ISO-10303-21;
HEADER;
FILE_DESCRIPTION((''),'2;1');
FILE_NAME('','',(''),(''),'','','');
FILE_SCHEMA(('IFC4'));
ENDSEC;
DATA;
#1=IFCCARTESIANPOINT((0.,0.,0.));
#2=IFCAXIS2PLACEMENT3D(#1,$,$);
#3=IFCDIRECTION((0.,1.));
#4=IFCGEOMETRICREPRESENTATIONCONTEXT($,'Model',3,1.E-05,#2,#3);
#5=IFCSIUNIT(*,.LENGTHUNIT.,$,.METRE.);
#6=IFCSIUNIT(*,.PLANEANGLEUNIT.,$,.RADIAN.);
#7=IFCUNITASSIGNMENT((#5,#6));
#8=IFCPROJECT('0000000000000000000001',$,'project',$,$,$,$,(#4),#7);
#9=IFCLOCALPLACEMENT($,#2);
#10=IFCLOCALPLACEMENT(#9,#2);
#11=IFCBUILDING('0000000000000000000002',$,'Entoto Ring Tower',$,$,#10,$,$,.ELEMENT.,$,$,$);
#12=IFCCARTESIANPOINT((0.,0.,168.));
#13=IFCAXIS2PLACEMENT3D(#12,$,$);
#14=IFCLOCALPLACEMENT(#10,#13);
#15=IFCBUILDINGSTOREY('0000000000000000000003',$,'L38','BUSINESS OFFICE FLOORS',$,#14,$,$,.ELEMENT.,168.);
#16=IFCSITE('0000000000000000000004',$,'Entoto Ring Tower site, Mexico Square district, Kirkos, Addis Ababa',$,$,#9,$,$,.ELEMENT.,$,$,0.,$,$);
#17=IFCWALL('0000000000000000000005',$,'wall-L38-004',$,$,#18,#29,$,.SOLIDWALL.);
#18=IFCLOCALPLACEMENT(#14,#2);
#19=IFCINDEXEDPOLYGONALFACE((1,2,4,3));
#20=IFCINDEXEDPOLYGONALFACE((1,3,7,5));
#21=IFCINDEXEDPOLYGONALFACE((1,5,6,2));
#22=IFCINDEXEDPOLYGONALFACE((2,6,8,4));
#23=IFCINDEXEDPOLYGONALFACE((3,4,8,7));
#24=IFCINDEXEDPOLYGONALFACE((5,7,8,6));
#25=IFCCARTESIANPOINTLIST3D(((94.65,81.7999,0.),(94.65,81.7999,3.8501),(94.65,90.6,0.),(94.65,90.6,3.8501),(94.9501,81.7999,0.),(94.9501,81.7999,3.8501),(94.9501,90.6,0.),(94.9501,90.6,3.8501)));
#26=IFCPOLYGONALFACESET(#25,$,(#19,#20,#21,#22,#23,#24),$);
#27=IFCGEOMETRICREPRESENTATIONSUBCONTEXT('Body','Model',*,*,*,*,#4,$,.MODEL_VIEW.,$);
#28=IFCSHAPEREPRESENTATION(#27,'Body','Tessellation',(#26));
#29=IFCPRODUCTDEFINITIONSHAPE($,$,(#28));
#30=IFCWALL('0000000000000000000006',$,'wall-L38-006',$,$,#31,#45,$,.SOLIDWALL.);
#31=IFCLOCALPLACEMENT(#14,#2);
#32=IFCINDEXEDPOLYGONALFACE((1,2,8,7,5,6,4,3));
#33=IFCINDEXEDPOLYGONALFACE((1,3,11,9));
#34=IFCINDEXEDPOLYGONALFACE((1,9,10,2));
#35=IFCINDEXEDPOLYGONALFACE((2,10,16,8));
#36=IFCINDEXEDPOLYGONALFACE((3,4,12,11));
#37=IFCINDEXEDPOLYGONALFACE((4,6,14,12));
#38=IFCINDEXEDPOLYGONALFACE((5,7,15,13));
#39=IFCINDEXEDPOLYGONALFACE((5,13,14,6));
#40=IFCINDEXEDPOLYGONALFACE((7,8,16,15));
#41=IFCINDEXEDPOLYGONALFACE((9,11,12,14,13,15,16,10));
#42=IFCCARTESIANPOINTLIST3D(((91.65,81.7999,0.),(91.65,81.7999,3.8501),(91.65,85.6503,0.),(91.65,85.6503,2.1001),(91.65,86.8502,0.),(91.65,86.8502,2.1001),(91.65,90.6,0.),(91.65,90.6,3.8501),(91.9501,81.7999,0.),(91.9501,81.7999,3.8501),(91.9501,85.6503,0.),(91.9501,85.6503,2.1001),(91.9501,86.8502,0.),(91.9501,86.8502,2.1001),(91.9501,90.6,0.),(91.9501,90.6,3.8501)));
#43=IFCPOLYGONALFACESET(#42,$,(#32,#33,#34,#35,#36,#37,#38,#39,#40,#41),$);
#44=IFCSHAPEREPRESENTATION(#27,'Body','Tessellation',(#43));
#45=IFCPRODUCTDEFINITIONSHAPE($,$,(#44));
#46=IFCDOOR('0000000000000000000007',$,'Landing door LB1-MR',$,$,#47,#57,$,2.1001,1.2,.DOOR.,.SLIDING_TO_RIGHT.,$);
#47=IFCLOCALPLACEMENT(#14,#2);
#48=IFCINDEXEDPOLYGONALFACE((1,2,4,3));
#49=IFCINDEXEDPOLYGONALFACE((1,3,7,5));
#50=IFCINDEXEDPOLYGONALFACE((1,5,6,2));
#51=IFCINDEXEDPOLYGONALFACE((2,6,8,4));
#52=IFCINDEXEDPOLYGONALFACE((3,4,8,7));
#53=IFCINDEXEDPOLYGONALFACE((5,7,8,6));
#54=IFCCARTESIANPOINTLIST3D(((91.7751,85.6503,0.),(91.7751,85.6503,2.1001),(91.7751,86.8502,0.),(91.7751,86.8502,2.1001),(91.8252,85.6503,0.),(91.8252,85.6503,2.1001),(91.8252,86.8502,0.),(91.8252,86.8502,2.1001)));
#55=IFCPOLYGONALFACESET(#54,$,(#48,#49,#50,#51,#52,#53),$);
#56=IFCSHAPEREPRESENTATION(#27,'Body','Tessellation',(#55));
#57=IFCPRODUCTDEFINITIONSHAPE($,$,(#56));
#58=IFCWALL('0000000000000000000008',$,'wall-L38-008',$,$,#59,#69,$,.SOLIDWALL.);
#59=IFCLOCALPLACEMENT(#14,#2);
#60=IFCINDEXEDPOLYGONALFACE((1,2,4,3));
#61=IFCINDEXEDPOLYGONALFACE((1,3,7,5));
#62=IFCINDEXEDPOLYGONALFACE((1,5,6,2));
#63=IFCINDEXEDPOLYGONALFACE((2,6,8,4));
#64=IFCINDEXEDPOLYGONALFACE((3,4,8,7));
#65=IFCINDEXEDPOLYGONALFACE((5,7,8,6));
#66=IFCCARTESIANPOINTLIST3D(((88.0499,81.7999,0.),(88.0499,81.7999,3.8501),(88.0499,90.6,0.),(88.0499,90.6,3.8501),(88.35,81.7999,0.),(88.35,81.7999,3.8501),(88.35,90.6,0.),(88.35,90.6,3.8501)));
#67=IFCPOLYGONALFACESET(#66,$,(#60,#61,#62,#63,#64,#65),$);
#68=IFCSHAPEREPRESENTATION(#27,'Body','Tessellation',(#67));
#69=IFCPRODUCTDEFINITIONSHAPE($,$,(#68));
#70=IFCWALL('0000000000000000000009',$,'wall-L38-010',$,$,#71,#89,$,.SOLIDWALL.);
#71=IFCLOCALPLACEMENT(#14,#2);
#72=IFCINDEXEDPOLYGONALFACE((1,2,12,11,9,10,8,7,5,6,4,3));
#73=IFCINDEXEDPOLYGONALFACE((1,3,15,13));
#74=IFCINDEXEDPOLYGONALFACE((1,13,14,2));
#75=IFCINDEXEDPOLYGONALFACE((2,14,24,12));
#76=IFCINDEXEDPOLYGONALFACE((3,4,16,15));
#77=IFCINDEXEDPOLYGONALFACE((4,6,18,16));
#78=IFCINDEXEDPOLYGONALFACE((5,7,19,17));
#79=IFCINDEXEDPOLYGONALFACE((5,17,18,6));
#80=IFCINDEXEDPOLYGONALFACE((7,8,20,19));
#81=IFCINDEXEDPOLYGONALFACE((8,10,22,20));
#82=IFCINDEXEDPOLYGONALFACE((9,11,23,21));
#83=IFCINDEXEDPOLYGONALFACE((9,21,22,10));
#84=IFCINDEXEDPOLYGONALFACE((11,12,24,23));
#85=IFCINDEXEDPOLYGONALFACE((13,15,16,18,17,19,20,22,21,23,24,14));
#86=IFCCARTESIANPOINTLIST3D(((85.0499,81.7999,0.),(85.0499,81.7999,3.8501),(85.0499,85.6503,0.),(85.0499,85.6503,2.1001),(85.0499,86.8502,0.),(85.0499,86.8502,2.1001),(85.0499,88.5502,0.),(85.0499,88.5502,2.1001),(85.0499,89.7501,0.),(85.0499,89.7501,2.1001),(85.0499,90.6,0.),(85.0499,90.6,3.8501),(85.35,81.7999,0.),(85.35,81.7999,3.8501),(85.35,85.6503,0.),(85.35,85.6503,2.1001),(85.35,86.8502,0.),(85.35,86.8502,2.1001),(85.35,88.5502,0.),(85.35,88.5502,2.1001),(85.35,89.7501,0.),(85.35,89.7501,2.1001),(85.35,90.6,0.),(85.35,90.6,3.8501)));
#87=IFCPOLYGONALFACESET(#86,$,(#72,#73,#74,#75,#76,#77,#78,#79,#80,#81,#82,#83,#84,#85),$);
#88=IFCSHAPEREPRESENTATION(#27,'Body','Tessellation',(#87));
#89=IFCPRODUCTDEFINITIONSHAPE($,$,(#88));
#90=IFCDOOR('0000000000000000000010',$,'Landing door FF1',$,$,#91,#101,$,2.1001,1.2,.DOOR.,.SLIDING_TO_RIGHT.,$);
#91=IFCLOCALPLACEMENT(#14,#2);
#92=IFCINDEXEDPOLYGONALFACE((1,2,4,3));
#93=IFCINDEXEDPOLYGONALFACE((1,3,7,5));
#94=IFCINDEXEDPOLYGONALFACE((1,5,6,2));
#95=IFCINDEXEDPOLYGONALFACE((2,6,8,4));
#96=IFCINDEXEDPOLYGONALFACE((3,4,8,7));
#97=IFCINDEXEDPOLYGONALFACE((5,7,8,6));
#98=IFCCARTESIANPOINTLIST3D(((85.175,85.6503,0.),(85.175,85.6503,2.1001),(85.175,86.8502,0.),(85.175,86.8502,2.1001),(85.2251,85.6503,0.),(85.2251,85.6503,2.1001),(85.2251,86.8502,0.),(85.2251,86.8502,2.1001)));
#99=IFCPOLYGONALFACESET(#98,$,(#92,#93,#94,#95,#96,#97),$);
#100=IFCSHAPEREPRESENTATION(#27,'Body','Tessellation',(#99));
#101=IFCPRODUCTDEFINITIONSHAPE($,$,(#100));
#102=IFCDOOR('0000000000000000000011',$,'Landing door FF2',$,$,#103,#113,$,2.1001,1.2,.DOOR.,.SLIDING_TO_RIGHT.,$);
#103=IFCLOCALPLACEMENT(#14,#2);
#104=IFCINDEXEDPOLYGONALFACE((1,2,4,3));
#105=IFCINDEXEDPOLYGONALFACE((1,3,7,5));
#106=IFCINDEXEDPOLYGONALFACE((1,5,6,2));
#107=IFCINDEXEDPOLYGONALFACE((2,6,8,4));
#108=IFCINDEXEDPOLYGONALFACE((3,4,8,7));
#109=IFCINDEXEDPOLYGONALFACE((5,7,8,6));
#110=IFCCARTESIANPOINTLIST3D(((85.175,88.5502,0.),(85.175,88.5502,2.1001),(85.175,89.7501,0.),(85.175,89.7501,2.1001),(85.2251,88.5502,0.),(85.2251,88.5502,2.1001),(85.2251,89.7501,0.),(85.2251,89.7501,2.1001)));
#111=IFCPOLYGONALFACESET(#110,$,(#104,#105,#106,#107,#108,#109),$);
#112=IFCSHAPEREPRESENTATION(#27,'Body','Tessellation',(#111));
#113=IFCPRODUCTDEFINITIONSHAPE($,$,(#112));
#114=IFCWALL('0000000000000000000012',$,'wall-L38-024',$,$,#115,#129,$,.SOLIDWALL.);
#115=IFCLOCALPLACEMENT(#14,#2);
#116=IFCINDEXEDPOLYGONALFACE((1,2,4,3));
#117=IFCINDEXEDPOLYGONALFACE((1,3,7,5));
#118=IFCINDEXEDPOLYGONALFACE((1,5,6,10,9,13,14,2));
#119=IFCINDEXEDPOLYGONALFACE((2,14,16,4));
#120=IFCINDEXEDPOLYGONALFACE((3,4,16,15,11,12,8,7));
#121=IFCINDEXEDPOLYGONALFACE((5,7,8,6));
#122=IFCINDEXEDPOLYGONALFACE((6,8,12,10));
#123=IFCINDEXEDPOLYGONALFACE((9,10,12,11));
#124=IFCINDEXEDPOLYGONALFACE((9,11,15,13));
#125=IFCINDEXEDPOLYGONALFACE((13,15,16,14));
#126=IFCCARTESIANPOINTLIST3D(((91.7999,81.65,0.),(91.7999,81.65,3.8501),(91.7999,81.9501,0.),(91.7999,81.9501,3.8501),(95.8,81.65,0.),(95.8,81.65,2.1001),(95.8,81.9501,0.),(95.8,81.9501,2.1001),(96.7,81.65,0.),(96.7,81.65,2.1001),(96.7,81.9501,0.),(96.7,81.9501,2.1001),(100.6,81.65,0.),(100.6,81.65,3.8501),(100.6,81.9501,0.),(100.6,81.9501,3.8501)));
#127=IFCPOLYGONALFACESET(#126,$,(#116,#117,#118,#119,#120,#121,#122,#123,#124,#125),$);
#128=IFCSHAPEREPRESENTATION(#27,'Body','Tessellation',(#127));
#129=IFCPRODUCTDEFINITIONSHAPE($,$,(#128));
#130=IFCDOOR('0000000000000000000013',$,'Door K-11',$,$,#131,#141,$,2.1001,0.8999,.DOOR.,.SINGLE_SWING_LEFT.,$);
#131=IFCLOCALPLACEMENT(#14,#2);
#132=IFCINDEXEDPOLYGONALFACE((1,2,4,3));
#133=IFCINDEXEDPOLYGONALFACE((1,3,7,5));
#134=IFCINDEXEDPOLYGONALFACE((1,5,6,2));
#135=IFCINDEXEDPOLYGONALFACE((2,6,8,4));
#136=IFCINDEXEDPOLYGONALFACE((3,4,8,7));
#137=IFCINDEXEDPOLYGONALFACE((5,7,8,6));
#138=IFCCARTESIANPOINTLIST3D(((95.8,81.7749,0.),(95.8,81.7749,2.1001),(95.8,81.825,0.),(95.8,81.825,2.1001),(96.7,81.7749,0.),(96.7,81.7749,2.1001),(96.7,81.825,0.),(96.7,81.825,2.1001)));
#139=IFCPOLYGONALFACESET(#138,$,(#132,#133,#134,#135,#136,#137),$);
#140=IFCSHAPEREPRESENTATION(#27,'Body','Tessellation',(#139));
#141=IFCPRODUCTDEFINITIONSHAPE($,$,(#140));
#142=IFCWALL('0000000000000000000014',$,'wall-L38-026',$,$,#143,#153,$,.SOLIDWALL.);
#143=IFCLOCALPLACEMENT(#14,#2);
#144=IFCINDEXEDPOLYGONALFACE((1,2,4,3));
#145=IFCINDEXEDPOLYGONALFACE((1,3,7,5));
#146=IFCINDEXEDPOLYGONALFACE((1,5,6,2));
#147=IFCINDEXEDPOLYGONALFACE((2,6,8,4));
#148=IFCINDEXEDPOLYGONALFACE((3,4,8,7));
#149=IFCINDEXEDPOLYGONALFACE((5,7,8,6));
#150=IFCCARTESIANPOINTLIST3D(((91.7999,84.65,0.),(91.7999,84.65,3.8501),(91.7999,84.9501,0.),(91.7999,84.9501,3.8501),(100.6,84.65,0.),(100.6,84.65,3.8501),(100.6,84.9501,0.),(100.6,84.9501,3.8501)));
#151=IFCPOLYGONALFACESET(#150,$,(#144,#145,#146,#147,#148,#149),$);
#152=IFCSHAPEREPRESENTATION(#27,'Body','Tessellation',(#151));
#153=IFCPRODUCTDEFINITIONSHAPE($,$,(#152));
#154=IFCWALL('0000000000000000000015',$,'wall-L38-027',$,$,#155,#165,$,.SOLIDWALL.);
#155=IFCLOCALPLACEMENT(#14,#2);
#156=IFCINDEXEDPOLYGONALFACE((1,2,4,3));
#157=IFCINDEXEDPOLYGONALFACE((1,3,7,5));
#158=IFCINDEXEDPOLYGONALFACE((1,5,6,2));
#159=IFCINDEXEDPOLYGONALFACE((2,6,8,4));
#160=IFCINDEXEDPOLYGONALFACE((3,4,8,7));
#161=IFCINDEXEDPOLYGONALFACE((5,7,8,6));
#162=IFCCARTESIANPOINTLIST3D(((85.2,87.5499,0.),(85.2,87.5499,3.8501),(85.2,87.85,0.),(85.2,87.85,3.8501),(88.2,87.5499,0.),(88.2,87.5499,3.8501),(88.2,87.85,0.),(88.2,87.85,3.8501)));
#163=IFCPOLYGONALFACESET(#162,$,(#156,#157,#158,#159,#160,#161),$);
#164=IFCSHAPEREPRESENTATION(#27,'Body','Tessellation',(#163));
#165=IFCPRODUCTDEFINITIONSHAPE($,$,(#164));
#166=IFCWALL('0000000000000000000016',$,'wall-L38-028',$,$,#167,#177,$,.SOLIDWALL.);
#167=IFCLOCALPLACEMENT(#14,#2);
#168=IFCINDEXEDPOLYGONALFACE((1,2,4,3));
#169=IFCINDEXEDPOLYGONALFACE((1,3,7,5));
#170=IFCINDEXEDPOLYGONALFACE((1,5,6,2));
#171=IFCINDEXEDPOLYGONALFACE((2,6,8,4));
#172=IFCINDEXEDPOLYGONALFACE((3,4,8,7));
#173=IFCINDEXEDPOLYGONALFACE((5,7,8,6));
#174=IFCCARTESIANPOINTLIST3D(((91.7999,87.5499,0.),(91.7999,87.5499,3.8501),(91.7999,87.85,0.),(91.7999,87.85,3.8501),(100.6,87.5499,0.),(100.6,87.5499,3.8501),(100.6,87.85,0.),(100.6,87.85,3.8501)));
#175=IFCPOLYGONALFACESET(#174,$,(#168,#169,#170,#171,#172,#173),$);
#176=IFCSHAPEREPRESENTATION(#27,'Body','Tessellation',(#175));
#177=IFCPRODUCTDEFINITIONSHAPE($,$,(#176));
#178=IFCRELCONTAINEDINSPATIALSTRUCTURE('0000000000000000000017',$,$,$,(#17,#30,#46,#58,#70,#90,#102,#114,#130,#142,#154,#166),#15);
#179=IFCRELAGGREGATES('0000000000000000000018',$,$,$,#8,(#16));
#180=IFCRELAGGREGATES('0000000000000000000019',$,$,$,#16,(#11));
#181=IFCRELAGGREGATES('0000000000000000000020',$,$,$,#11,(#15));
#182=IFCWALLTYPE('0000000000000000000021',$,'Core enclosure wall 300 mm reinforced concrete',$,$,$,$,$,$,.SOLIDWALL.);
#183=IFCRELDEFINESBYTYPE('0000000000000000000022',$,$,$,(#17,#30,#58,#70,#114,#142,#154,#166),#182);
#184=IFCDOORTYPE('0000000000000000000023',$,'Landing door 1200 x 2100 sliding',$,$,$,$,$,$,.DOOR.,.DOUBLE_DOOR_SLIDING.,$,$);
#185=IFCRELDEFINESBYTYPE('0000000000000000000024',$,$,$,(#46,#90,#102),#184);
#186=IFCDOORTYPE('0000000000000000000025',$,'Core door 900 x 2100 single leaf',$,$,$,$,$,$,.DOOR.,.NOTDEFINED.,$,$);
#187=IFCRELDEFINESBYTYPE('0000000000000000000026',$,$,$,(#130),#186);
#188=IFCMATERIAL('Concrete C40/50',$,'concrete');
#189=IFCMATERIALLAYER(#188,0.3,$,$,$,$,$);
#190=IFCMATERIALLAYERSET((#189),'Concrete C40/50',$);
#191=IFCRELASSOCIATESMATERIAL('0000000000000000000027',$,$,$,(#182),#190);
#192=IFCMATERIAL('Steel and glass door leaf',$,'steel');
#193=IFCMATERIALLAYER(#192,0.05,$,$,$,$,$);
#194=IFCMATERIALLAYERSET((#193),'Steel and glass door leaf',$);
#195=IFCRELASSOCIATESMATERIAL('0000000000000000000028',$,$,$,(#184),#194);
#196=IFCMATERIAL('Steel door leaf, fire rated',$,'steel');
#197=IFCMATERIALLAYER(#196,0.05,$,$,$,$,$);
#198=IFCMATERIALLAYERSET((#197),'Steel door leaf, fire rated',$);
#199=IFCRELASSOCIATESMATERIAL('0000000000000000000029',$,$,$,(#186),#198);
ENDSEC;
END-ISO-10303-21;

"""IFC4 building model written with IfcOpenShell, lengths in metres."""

from ifc_helpers import new_model, si_unit, direction, frame, frame_2d, origin, place, context, subcontext, project, spatial, rectangle, extrude, material, layer, layer_set, type_object, element, fill, save


model = new_model("IFC4")

# Units and contexts
model_context = context("Model", 3, precision=1e-05, world=origin(), true_north=direction((0.0, 1.0)))
body_context = subcontext(model_context, "Body", "Model", "MODEL_VIEW")
ifc_project = project(units=[si_unit("LENGTHUNIT", "METRE"), si_unit("PLANEANGLEUNIT", "RADIAN")], contexts=[model_context])

# Site, building, storey
site_placement = place(None, origin())
site = spatial("IfcSite", under=ifc_project, at=site_placement, Name="Entoto Ring Tower site, Mexico Square district, Kirkos, Addis Ababa", CompositionType="ELEMENT", RefElevation=0.0)
building_placement = place(site_placement, origin())
building = spatial("IfcBuilding", under=site, at=building_placement, Name="Entoto Ring Tower", CompositionType="ELEMENT")
storey_placement = place(building_placement, frame((0.0, 0.0, 168.0)))
storey = spatial("IfcBuildingStorey", under=building, at=storey_placement, Name="L38", Description="BUSINESS OFFICE FLOORS", CompositionType="ELEMENT", Elevation=168.0)

# Wall
ifc_material_1 = material(Name="Concrete C40/50", Category="concrete")
ifc_layer_1 = layer(ifc_material_1, 0.3)
ifc_layer_set_1 = layer_set([ifc_layer_1], Name="Concrete C40/50")
wall_type_1 = type_object("IfcWallType", Name="Core enclosure wall 300 mm reinforced concrete", PredefinedType="SOLIDWALL", material=ifc_layer_set_1)
wall_1_placement = place(storey_placement, frame((94.8, 81.8, 0.0), z_axis=(0.0, 0.0, 1.0), x_axis=(0.0, 1.0, 0.0)))
element("IfcWall", 1, at=wall_1_placement, inside=storey, type_object=wall_type_1, Name="wall-L38-004", PredefinedType="SOLIDWALL", context=body_context, shape_type="SweptSolid", body=[
    extrude(rectangle(XDim=8.8, YDim=0.3, at=frame_2d((4.3999, 0.0))), origin(), (0.0, 0.0, 1.0), 3.8501),
])

# Wall, opening, door
wall_2_placement = place(storey_placement, frame((91.8, 81.8, 0.0), z_axis=(0.0, 0.0, 1.0), x_axis=(0.0, 1.0, 0.0)))
wall_2 = element("IfcWall", 2, at=wall_2_placement, inside=storey, type_object=wall_type_1, Name="wall-L38-006", PredefinedType="SOLIDWALL", context=body_context, shape_type="SweptSolid", body=[
    extrude(rectangle(XDim=8.8, YDim=0.3, at=frame_2d((4.3999, 0.0))), origin(), (0.0, 0.0, 1.0), 3.8501),
])
opening_1_placement = place(wall_2_placement, frame((3.8501, 0.0, 0.0)))
opening_1 = element("IfcOpeningElement", 3, at=opening_1_placement, cuts=wall_2, PredefinedType="OPENING", context=body_context, shape_type="SweptSolid", body=[
    extrude(rectangle(XDim=1.2, YDim=2.1001, at=frame_2d((0.6001, 1.05))), frame((0.0, 0.1602, 0.0), z_axis=(0.0, -1.0, 0.0), x_axis=(1.0, 0.0, 0.0)), (0.0, 0.0, 1.0), 0.3201),
])
ifc_material_2 = material(Name="Steel and glass door leaf", Category="steel")
ifc_layer_2 = layer(ifc_material_2, 0.05)
ifc_layer_set_2 = layer_set([ifc_layer_2], Name="Steel and glass door leaf")
door_type_1 = type_object("IfcDoorType", Name="Landing door 1200 x 2100 sliding", OperationType="DOUBLE_DOOR_SLIDING", PredefinedType="DOOR", material=ifc_layer_set_2)
door_1_placement = place(opening_1_placement, origin())
door_1 = element("IfcDoor", 4, at=door_1_placement, inside=storey, type_object=door_type_1, Name="Landing door LB1-MR", OperationType="SLIDING_TO_RIGHT", OverallHeight=2.1001, OverallWidth=1.2, PredefinedType="DOOR", context=body_context, shape_type="SweptSolid", body=[
    extrude(rectangle(XDim=1.2, YDim=2.1001, at=frame_2d((0.6001, 1.05))), frame((0.0, 0.0249, 0.0), z_axis=(0.0, -1.0, 0.0), x_axis=(1.0, 0.0, 0.0)), (0.0, 0.0, 1.0), 0.05),
])
fill(opening_1, door_1)

# Wall
wall_3_placement = place(storey_placement, frame((88.2, 81.8, 0.0), z_axis=(0.0, 0.0, 1.0), x_axis=(0.0, 1.0, 0.0)))
element("IfcWall", 5, at=wall_3_placement, inside=storey, type_object=wall_type_1, Name="wall-L38-008", PredefinedType="SOLIDWALL", context=body_context, shape_type="SweptSolid", body=[
    extrude(rectangle(XDim=8.8, YDim=0.3, at=frame_2d((4.3999, 0.0))), origin(), (0.0, 0.0, 1.0), 3.8501),
])

# Wall, openings, doors
wall_4_placement = place(storey_placement, frame((85.2, 81.8, 0.0), z_axis=(0.0, 0.0, 1.0), x_axis=(0.0, 1.0, 0.0)))
wall_4 = element("IfcWall", 6, at=wall_4_placement, inside=storey, type_object=wall_type_1, Name="wall-L38-010", PredefinedType="SOLIDWALL", context=body_context, shape_type="SweptSolid", body=[
    extrude(rectangle(XDim=8.8, YDim=0.3, at=frame_2d((4.3999, 0.0))), origin(), (0.0, 0.0, 1.0), 3.8501),
])
opening_2_placement = place(wall_4_placement, frame((3.8501, 0.0, 0.0)))
opening_2 = element("IfcOpeningElement", 7, at=opening_2_placement, cuts=wall_4, PredefinedType="OPENING", context=body_context, shape_type="SweptSolid", body=[
    extrude(rectangle(XDim=1.2, YDim=2.1001, at=frame_2d((0.6001, 1.05))), frame((0.0, 0.1602, 0.0), z_axis=(0.0, -1.0, 0.0), x_axis=(1.0, 0.0, 0.0)), (0.0, 0.0, 1.0), 0.3201),
])
opening_3_placement = place(wall_4_placement, frame((6.75, 0.0, 0.0)))
opening_3 = element("IfcOpeningElement", 8, at=opening_3_placement, cuts=wall_4, PredefinedType="OPENING", context=body_context, shape_type="SweptSolid", body=[
    extrude(rectangle(XDim=1.2, YDim=2.1001, at=frame_2d((0.6001, 1.05))), frame((0.0, 0.1602, 0.0), z_axis=(0.0, -1.0, 0.0), x_axis=(1.0, 0.0, 0.0)), (0.0, 0.0, 1.0), 0.3201),
])
door_2_placement = place(opening_2_placement, origin())
door_2 = element("IfcDoor", 9, at=door_2_placement, inside=storey, type_object=door_type_1, Name="Landing door FF1", OperationType="SLIDING_TO_RIGHT", OverallHeight=2.1001, OverallWidth=1.2, PredefinedType="DOOR", context=body_context, shape_type="SweptSolid", body=[
    extrude(rectangle(XDim=1.2, YDim=2.1001, at=frame_2d((0.6001, 1.05))), frame((0.0, 0.0249, 0.0), z_axis=(0.0, -1.0, 0.0), x_axis=(1.0, 0.0, 0.0)), (0.0, 0.0, 1.0), 0.05),
])
fill(opening_2, door_2)
door_3_placement = place(opening_3_placement, origin())
door_3 = element("IfcDoor", 10, at=door_3_placement, inside=storey, type_object=door_type_1, Name="Landing door FF2", OperationType="SLIDING_TO_RIGHT", OverallHeight=2.1001, OverallWidth=1.2, PredefinedType="DOOR", context=body_context, shape_type="SweptSolid", body=[
    extrude(rectangle(XDim=1.2, YDim=2.1001, at=frame_2d((0.6001, 1.05))), frame((0.0, 0.0249, 0.0), z_axis=(0.0, -1.0, 0.0), x_axis=(1.0, 0.0, 0.0)), (0.0, 0.0, 1.0), 0.05),
])
fill(opening_3, door_3)

# Wall, opening, door
wall_5_placement = place(storey_placement, frame((91.8, 81.8, 0.0), z_axis=(0.0, 0.0, 1.0), x_axis=(1.0, 0.0, 0.0)))
wall_5 = element("IfcWall", 11, at=wall_5_placement, inside=storey, type_object=wall_type_1, Name="wall-L38-024", PredefinedType="SOLIDWALL", context=body_context, shape_type="SweptSolid", body=[
    extrude(rectangle(XDim=8.8, YDim=0.3, at=frame_2d((4.3999, 0.0))), origin(), (0.0, 0.0, 1.0), 3.8501),
])
opening_4_placement = place(wall_5_placement, frame((4.0, 0.0, 0.0)))
opening_4 = element("IfcOpeningElement", 12, at=opening_4_placement, cuts=wall_5, PredefinedType="OPENING", context=body_context, shape_type="SweptSolid", body=[
    extrude(rectangle(XDim=0.8999, YDim=2.1001, at=frame_2d((0.45, 1.05))), frame((0.0, 0.1602, 0.0), z_axis=(0.0, -1.0, 0.0), x_axis=(1.0, 0.0, 0.0)), (0.0, 0.0, 1.0), 0.3201),
])
ifc_material_3 = material(Name="Steel door leaf, fire rated", Category="steel")
ifc_layer_3 = layer(ifc_material_3, 0.05)
ifc_layer_set_3 = layer_set([ifc_layer_3], Name="Steel door leaf, fire rated")
door_type_2 = type_object("IfcDoorType", Name="Core door 900 x 2100 single leaf", OperationType="NOTDEFINED", PredefinedType="DOOR", material=ifc_layer_set_3)
door_4_placement = place(opening_4_placement, origin())
door_4 = element("IfcDoor", 13, at=door_4_placement, inside=storey, type_object=door_type_2, Name="Door K-11", OperationType="SINGLE_SWING_LEFT", OverallHeight=2.1001, OverallWidth=0.8999, PredefinedType="DOOR", context=body_context, shape_type="SweptSolid", body=[
    extrude(rectangle(XDim=0.8999, YDim=2.1001, at=frame_2d((0.45, 1.05))), frame((0.0, 0.0249, 0.0), z_axis=(0.0, -1.0, 0.0), x_axis=(1.0, 0.0, 0.0)), (0.0, 0.0, 1.0), 0.05),
])
fill(opening_4, door_4)

# Walls
wall_6_placement = place(storey_placement, frame((91.8, 84.8, 0.0), z_axis=(0.0, 0.0, 1.0), x_axis=(1.0, 0.0, 0.0)))
element("IfcWall", 14, at=wall_6_placement, inside=storey, type_object=wall_type_1, Name="wall-L38-026", PredefinedType="SOLIDWALL", context=body_context, shape_type="SweptSolid", body=[
    extrude(rectangle(XDim=8.8, YDim=0.3, at=frame_2d((4.3999, 0.0))), origin(), (0.0, 0.0, 1.0), 3.8501),
])
wall_7_placement = place(storey_placement, frame((85.2, 87.7, 0.0), z_axis=(0.0, 0.0, 1.0), x_axis=(1.0, 0.0, 0.0)))
element("IfcWall", 15, at=wall_7_placement, inside=storey, type_object=wall_type_1, Name="wall-L38-027", PredefinedType="SOLIDWALL", context=body_context, shape_type="SweptSolid", body=[
    extrude(rectangle(XDim=3.0, YDim=0.3, at=frame_2d((1.5, 0.0))), origin(), (0.0, 0.0, 1.0), 3.8501),
])
wall_8_placement = place(storey_placement, frame((91.8, 87.7, 0.0), z_axis=(0.0, 0.0, 1.0), x_axis=(1.0, 0.0, 0.0)))
element("IfcWall", 16, at=wall_8_placement, inside=storey, type_object=wall_type_1, Name="wall-L38-028", PredefinedType="SOLIDWALL", context=body_context, shape_type="SweptSolid", body=[
    extrude(rectangle(XDim=8.8, YDim=0.3, at=frame_2d((4.3999, 0.0))), origin(), (0.0, 0.0, 1.0), 3.8501),
])

save(model, "model.ifc")
